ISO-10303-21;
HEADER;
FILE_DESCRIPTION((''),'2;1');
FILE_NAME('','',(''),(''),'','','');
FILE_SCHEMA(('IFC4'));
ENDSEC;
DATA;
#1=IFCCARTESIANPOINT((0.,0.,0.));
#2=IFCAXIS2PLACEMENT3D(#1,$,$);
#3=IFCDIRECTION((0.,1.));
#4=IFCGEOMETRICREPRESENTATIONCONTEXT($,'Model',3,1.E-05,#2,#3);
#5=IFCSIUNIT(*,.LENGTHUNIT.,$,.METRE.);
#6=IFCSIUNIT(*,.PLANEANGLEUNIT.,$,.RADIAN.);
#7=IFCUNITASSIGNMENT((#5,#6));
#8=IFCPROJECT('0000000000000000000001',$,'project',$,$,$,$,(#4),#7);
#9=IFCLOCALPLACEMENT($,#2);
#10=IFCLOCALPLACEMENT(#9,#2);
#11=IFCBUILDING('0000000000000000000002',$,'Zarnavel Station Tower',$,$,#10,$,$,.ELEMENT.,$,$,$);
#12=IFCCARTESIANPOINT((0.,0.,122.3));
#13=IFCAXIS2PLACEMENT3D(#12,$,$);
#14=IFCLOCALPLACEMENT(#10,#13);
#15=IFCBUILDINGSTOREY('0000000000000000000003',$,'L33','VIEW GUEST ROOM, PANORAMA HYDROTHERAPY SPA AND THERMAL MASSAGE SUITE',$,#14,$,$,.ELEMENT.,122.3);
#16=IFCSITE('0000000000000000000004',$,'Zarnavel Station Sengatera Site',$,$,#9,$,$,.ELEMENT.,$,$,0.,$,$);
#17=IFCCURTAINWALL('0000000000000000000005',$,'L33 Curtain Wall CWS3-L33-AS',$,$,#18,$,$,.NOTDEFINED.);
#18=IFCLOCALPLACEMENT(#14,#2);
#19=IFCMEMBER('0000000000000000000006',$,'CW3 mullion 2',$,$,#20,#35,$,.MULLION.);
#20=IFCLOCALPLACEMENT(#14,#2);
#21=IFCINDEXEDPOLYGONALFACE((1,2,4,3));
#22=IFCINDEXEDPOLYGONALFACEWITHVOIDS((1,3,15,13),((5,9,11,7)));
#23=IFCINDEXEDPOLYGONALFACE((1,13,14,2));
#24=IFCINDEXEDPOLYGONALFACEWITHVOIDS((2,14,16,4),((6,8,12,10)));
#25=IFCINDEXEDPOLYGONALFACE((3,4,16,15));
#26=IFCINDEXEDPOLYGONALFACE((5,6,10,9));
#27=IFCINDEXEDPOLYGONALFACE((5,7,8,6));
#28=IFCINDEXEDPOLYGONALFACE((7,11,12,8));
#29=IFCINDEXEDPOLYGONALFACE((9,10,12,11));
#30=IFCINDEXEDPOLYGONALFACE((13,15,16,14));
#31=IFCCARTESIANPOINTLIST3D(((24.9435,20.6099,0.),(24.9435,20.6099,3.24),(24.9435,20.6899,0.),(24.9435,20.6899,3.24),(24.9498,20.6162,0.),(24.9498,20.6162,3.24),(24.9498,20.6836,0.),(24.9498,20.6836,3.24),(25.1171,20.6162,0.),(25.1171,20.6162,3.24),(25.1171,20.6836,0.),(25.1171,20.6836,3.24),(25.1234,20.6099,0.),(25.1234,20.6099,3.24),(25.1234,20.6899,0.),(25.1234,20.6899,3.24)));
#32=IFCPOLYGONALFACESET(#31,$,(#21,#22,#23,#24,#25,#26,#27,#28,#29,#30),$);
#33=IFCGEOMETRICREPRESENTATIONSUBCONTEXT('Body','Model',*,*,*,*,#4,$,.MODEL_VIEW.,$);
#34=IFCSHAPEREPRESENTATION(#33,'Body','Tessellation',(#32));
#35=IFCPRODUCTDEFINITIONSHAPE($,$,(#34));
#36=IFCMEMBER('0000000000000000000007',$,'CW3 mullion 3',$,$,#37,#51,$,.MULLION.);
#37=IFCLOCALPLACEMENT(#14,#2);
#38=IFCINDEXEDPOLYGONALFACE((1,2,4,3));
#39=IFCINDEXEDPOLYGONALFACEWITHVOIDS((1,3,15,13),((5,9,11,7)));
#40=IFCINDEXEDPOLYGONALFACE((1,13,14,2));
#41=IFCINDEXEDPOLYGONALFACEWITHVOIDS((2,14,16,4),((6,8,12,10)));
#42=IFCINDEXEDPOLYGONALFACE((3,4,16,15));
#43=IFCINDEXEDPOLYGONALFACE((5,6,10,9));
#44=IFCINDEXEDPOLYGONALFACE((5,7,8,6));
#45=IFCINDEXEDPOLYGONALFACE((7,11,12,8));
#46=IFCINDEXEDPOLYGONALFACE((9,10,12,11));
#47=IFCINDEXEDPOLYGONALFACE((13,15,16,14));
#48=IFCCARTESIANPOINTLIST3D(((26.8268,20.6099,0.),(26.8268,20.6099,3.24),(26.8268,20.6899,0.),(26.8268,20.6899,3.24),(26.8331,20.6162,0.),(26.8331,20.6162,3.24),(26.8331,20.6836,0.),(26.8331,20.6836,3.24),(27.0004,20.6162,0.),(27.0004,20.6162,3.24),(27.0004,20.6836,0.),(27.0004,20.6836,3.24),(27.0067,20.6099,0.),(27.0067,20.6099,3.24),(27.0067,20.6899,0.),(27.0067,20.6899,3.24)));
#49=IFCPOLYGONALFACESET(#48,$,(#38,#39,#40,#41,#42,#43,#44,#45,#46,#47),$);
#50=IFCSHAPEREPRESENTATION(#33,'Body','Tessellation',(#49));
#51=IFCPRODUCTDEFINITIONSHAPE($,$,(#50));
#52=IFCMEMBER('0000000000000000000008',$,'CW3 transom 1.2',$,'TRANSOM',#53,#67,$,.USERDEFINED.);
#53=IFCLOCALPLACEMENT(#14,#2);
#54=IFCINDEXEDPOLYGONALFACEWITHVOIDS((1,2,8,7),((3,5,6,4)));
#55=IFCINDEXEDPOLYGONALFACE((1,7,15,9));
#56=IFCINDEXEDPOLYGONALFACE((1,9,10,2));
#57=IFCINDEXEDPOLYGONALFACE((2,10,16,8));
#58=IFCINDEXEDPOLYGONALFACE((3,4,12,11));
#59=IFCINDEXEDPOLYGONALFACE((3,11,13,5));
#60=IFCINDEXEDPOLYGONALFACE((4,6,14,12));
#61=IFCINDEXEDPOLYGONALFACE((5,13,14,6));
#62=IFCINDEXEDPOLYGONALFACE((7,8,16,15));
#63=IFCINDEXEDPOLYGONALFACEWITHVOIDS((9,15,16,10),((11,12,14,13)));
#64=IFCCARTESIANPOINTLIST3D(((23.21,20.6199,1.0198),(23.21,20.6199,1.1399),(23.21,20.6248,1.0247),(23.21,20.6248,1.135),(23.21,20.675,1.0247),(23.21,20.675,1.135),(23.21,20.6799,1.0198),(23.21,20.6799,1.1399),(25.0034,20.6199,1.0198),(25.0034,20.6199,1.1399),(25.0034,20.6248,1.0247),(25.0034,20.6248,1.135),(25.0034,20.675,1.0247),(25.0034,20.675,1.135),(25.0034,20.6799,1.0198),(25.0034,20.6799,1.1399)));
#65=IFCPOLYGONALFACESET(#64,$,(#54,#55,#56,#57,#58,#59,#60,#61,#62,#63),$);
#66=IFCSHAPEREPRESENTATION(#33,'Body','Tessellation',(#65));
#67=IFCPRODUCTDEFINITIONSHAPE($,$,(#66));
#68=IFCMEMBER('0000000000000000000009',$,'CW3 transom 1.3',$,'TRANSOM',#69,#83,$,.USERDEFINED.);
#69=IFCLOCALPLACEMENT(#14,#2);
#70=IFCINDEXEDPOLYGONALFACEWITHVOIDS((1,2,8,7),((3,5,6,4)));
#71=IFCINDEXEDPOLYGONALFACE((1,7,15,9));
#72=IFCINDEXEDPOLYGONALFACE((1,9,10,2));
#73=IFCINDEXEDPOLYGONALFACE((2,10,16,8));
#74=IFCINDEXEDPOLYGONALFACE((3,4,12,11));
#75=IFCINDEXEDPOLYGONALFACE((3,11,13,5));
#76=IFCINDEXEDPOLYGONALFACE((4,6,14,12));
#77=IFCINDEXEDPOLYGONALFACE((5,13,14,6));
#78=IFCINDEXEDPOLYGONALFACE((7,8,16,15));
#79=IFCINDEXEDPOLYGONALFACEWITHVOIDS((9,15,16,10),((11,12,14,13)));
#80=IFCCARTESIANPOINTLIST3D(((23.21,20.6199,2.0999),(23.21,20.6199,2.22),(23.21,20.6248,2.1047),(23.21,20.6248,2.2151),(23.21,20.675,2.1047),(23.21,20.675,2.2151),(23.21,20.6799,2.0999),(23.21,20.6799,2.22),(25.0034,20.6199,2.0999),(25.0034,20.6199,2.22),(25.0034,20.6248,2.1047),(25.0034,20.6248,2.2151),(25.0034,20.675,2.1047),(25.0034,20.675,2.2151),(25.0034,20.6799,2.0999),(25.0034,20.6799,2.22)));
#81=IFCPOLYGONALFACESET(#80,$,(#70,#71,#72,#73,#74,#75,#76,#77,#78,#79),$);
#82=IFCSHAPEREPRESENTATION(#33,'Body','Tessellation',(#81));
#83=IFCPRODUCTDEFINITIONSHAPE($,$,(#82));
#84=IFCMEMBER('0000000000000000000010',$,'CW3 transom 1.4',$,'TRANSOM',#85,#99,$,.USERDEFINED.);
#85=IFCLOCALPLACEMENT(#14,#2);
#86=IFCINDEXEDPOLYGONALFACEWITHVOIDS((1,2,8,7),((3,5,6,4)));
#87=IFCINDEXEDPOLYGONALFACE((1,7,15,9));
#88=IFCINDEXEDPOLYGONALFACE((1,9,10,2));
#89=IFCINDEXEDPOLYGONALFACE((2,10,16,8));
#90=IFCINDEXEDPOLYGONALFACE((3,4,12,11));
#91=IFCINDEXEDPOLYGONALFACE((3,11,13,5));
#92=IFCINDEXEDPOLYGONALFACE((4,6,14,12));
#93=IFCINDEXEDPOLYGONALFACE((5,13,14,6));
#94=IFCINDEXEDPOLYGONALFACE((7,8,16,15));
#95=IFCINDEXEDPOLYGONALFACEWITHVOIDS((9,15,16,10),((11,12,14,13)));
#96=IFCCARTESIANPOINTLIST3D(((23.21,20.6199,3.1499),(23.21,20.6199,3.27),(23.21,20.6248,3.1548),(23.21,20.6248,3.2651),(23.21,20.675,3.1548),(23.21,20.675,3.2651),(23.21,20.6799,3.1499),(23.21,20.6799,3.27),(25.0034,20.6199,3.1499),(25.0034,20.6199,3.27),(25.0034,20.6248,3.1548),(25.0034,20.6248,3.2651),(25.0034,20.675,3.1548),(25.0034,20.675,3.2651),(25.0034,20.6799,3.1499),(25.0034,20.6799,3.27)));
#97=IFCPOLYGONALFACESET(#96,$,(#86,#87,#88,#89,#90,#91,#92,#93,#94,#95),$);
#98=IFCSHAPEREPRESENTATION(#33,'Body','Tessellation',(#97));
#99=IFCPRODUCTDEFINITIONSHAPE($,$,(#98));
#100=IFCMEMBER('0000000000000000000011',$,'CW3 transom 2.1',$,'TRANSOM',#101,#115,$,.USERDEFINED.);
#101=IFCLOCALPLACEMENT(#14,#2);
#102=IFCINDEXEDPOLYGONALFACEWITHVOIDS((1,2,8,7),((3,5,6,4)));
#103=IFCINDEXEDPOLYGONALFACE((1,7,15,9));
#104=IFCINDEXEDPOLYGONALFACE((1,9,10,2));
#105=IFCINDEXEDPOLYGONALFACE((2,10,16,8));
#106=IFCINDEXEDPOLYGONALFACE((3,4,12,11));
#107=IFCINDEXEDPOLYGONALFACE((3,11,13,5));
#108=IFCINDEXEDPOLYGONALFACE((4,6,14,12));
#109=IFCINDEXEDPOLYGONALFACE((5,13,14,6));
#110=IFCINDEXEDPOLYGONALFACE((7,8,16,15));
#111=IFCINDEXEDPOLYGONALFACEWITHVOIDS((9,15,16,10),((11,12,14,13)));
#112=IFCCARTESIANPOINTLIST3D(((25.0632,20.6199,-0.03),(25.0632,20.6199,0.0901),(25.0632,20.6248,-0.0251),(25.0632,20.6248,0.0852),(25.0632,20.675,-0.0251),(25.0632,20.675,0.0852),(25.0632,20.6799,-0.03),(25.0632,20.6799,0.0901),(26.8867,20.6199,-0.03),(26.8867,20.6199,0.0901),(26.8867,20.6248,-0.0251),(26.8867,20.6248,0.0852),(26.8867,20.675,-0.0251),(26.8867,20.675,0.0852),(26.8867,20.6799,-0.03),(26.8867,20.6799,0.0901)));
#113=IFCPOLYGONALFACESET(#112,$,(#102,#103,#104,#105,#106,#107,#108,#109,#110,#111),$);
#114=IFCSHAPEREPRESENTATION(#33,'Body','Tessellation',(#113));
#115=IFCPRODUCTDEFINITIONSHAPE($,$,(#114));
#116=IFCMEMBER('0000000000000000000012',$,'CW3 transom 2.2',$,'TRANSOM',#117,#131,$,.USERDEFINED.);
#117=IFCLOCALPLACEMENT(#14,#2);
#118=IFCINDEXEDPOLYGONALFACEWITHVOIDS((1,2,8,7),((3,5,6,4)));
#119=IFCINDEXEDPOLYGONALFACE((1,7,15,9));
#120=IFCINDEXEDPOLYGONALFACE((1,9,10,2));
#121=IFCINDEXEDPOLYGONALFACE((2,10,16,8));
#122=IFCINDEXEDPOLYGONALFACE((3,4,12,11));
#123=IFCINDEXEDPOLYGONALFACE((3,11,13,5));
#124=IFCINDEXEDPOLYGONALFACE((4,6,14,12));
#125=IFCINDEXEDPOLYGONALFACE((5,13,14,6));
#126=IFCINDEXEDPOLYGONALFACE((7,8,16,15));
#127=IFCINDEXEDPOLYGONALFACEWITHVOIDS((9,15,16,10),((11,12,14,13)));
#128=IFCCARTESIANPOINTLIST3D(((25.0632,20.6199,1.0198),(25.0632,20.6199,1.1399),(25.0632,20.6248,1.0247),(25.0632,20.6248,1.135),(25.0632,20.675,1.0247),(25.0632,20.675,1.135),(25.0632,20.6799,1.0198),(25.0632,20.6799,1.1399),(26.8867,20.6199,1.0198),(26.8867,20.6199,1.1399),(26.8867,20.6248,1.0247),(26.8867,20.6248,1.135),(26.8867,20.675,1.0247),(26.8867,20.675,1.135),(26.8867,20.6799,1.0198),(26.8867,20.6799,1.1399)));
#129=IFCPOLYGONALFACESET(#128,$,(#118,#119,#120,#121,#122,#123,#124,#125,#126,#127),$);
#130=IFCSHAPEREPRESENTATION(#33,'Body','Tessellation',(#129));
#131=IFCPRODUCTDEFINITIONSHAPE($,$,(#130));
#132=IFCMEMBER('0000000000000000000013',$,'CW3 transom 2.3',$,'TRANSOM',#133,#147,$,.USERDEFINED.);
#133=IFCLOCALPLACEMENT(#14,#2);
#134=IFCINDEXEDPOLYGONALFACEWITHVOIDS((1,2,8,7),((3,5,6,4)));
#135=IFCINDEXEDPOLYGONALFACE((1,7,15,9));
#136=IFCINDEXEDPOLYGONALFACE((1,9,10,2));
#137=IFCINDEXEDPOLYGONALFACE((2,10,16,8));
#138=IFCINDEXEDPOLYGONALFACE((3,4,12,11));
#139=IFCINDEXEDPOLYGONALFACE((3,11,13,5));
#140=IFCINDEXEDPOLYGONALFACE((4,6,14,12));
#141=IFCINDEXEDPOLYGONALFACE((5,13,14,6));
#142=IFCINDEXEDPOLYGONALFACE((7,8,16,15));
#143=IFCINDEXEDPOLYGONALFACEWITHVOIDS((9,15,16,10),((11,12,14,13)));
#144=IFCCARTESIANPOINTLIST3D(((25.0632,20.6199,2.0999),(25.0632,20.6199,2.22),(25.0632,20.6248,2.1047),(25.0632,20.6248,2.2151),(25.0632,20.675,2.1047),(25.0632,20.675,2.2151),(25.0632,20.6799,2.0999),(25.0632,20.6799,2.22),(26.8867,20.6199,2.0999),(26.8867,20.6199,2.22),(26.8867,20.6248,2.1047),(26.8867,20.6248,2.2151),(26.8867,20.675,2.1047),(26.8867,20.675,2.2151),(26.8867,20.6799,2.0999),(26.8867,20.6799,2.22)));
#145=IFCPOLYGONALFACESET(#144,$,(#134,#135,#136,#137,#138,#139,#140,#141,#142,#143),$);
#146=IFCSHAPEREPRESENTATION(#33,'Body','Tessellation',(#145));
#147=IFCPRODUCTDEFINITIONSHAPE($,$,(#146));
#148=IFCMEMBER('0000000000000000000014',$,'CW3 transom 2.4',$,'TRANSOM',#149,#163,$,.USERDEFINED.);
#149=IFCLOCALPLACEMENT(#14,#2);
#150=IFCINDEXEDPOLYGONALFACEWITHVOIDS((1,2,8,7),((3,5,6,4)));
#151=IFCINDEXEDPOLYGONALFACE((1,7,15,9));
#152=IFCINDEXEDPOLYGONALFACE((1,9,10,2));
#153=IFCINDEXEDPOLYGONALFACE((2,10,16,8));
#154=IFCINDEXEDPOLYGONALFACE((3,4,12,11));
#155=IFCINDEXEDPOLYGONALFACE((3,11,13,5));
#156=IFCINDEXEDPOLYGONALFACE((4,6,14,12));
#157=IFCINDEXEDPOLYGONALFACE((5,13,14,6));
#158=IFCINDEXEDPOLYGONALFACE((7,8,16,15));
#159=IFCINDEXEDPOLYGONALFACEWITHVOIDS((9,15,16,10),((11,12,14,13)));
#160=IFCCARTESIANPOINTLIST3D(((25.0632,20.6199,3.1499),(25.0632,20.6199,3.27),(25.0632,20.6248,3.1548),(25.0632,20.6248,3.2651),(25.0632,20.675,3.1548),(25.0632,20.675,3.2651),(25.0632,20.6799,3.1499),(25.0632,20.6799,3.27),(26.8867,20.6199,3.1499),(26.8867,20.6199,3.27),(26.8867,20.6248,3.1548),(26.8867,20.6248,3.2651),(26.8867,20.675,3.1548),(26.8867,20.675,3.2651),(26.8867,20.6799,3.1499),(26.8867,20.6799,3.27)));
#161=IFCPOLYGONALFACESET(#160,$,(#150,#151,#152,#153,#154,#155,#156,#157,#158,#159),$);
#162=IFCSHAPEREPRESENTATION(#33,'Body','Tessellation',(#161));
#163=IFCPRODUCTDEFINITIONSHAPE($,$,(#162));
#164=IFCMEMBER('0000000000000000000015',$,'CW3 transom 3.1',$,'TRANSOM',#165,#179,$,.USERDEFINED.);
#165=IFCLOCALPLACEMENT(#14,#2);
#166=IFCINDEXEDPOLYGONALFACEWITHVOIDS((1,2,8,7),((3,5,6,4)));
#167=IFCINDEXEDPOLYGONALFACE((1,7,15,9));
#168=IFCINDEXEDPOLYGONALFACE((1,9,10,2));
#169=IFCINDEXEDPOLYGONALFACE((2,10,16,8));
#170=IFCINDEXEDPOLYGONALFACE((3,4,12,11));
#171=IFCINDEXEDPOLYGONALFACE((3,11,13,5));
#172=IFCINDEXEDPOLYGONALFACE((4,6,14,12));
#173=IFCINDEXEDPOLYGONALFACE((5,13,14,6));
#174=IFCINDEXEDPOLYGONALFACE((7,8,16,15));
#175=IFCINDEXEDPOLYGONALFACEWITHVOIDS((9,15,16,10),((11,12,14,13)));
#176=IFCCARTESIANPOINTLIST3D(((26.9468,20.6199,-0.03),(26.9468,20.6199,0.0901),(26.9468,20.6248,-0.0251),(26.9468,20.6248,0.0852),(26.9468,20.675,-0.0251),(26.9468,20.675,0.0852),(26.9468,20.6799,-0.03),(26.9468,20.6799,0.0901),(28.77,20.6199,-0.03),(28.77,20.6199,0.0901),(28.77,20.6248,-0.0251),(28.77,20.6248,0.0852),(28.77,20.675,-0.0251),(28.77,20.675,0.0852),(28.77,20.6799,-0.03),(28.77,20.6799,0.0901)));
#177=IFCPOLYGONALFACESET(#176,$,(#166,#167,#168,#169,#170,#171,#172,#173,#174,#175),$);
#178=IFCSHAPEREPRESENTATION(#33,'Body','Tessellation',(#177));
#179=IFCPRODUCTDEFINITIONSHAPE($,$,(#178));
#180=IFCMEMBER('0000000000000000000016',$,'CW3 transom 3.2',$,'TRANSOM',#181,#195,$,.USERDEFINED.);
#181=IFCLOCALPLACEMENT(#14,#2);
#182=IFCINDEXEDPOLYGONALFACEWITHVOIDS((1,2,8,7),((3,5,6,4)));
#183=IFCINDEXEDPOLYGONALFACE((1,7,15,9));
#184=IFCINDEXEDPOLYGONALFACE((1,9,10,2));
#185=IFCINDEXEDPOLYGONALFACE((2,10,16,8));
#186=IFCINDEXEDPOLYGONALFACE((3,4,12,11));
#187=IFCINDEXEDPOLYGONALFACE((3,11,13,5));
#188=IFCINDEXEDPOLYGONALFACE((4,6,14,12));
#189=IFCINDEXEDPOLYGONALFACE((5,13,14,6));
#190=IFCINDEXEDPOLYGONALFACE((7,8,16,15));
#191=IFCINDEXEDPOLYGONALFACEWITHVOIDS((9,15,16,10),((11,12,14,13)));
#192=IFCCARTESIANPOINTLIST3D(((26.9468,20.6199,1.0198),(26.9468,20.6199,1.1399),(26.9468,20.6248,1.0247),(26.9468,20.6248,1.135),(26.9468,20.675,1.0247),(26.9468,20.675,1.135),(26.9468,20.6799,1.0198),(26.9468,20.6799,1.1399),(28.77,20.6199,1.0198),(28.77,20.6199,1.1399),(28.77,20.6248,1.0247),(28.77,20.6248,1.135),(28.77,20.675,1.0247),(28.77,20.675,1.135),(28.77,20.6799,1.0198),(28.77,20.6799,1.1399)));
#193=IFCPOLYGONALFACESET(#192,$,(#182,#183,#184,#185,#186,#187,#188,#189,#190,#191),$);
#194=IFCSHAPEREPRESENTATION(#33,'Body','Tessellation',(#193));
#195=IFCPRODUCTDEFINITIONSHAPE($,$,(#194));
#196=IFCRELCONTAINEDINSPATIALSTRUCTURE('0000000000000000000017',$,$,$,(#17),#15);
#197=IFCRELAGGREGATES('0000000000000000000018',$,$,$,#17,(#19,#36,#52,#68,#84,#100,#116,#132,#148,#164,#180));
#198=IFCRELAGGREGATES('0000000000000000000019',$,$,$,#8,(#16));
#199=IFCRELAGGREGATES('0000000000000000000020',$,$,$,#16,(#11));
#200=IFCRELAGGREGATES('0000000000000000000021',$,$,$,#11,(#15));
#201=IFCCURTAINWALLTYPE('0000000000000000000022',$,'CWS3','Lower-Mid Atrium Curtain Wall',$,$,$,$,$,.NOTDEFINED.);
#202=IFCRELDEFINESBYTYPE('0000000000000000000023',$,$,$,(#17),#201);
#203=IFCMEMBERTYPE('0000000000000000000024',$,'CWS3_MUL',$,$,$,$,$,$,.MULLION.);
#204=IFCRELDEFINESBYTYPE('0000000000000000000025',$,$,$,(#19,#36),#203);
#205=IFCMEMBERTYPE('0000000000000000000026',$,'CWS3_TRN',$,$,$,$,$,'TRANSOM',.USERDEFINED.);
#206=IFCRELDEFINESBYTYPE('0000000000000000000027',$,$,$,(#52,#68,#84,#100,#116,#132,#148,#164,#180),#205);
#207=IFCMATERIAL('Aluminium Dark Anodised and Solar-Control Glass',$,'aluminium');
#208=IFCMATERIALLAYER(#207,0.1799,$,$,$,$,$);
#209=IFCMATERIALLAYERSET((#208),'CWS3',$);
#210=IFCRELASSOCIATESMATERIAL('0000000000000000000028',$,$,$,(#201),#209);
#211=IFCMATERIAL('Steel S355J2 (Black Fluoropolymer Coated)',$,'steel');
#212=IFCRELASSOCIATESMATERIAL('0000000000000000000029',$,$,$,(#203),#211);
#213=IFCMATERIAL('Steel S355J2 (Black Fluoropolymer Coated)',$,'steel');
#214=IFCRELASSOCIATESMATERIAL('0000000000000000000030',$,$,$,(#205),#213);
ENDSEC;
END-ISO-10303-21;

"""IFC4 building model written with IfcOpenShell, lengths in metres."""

from ifc_helpers import new_model, si_unit, direction, frame, origin, origin_2d, place, context, subcontext, project, spatial, hollow_rectangle, extrude, material, layer, layer_set, material_profile, profile_set, type_object, element, aggregate, save


model = new_model("IFC4")

# Units and contexts
model_context = context("Model", 3, precision=1e-05, world=origin(), true_north=direction((0.0, 1.0)))
body_context = subcontext(model_context, "Body", "Model", "MODEL_VIEW")
ifc_project = project(units=[si_unit("LENGTHUNIT", "METRE"), si_unit("PLANEANGLEUNIT", "RADIAN")], contexts=[model_context])

# Site, building, storey
site_placement = place(None, origin())
site = spatial("IfcSite", under=ifc_project, at=site_placement, Name="Zarnavel Station Sengatera Site", CompositionType="ELEMENT", RefElevation=0.0)
building_placement = place(site_placement, origin())
building = spatial("IfcBuilding", under=site, at=building_placement, Name="Zarnavel Station Tower", CompositionType="ELEMENT")
storey_placement = place(building_placement, frame((0.0, 0.0, 122.3)))
storey = spatial("IfcBuildingStorey", under=building, at=storey_placement, Name="L33", Description="VIEW GUEST ROOM, PANORAMA HYDROTHERAPY SPA AND THERMAL MASSAGE SUITE", CompositionType="ELEMENT", Elevation=122.3)

# Curtain wall, members
ifc_material_1 = material(Name="Aluminium Dark Anodised and Solar-Control Glass", Category="aluminium")
ifc_layer_1 = layer(ifc_material_1, 0.1799)
ifc_layer_set_1 = layer_set([ifc_layer_1], Name="CWS3")
curtain_wall_type = type_object("IfcCurtainWallType", Name="CWS3", Description="Lower-Mid Atrium Curtain Wall", PredefinedType="NOTDEFINED", material=ifc_layer_set_1)
curtain_wall_placement = place(storey_placement, origin())
curtain_wall = element("IfcCurtainWall", 1, at=curtain_wall_placement, inside=storey, type_object=curtain_wall_type, Name="L33 Curtain Wall CWS3-L33-AS", PredefinedType="NOTDEFINED")
ifc_material_2 = material(Name="Steel S355J2 (Black Fluoropolymer Coated)", Category="steel")
ifc_material_profile_1 = material_profile(ifc_material_2, hollow_rectangle(XDim=0.0801, YDim=0.1799, WallThickness=0.0063, at=origin_2d()), Name="RHS180x80x6.3")
ifc_profile_set_1 = profile_set([ifc_material_profile_1], Name="Steel S355J2 (Black Fluoropolymer Coated)")
member_type_1 = type_object("IfcMemberType", Name="CWS3_MUL", PredefinedType="MULLION", material=ifc_profile_set_1)
member_1_placement = place(storey_placement, frame((25.0334, 20.6499, 0.0), z_axis=(0.0, 0.0, 1.0), x_axis=(0.0, 1.0, 0.0)))
member_1 = element("IfcMember", 2, at=member_1_placement, type_object=member_type_1, Name="CW3 mullion 2", PredefinedType="MULLION", context=body_context, shape_type="SweptSolid", body=[
    extrude(hollow_rectangle(XDim=0.0801, YDim=0.1799, WallThickness=0.0063, at=origin_2d()), origin(), (0.0, 0.0, 1.0), 3.24),
])
member_2_placement = place(storey_placement, frame((26.9167, 20.6499, 0.0), z_axis=(0.0, 0.0, 1.0), x_axis=(0.0, 1.0, 0.0)))
member_2 = element("IfcMember", 3, at=member_2_placement, type_object=member_type_1, Name="CW3 mullion 3", PredefinedType="MULLION", context=body_context, shape_type="SweptSolid", body=[
    extrude(hollow_rectangle(XDim=0.0801, YDim=0.1799, WallThickness=0.0063, at=origin_2d()), origin(), (0.0, 0.0, 1.0), 3.24),
])
ifc_material_3 = material(Name="Steel S355J2 (Black Fluoropolymer Coated)", Category="steel")
ifc_material_profile_2 = material_profile(ifc_material_3, hollow_rectangle(XDim=0.0601, YDim=0.1201, WallThickness=0.0049, at=origin_2d()), Name="RHS120x60x5")
ifc_profile_set_2 = profile_set([ifc_material_profile_2], Name="Steel S355J2 (Black Fluoropolymer Coated)")
member_type_2 = type_object("IfcMemberType", Name="CWS3_TRN", ElementType="TRANSOM", PredefinedType="USERDEFINED", material=ifc_profile_set_2)
member_3_placement = place(storey_placement, frame((23.21, 20.6499, 1.0798), z_axis=(1.0, 0.0, 0.0), x_axis=(0.0, 1.0, 0.0)))
member_3 = element("IfcMember", 4, at=member_3_placement, type_object=member_type_2, Name="CW3 transom 1.2", ObjectType="TRANSOM", PredefinedType="USERDEFINED", context=body_context, shape_type="SweptSolid", body=[
    extrude(hollow_rectangle(XDim=0.0601, YDim=0.1201, WallThickness=0.0049, at=origin_2d()), origin(), (0.0, 0.0, 1.0), 1.7935),
])
member_4_placement = place(storey_placement, frame((23.21, 20.6499, 2.1599), z_axis=(1.0, 0.0, 0.0), x_axis=(0.0, 1.0, 0.0)))
member_4 = element("IfcMember", 5, at=member_4_placement, type_object=member_type_2, Name="CW3 transom 1.3", ObjectType="TRANSOM", PredefinedType="USERDEFINED", context=body_context, shape_type="SweptSolid", body=[
    extrude(hollow_rectangle(XDim=0.0601, YDim=0.1201, WallThickness=0.0049, at=origin_2d()), origin(), (0.0, 0.0, 1.0), 1.7935),
])
member_5_placement = place(storey_placement, frame((23.21, 20.6499, 3.21), z_axis=(1.0, 0.0, 0.0), x_axis=(0.0, 1.0, 0.0)))
member_5 = element("IfcMember", 6, at=member_5_placement, type_object=member_type_2, Name="CW3 transom 1.4", ObjectType="TRANSOM", PredefinedType="USERDEFINED", context=body_context, shape_type="SweptSolid", body=[
    extrude(hollow_rectangle(XDim=0.0601, YDim=0.1201, WallThickness=0.0049, at=origin_2d()), origin(), (0.0, 0.0, 1.0), 1.7935),
])
member_6_placement = place(storey_placement, frame((25.0632, 20.6499, 0.03), z_axis=(1.0, 0.0, 0.0), x_axis=(0.0, 1.0, 0.0)))
member_6 = element("IfcMember", 7, at=member_6_placement, type_object=member_type_2, Name="CW3 transom 2.1", ObjectType="TRANSOM", PredefinedType="USERDEFINED", context=body_context, shape_type="SweptSolid", body=[
    extrude(hollow_rectangle(XDim=0.0601, YDim=0.1201, WallThickness=0.0049, at=origin_2d()), origin(), (0.0, 0.0, 1.0), 1.8235),
])
member_7_placement = place(storey_placement, frame((25.0632, 20.6499, 1.0798), z_axis=(1.0, 0.0, 0.0), x_axis=(0.0, 1.0, 0.0)))
member_7 = element("IfcMember", 8, at=member_7_placement, type_object=member_type_2, Name="CW3 transom 2.2", ObjectType="TRANSOM", PredefinedType="USERDEFINED", context=body_context, shape_type="SweptSolid", body=[
    extrude(hollow_rectangle(XDim=0.0601, YDim=0.1201, WallThickness=0.0049, at=origin_2d()), origin(), (0.0, 0.0, 1.0), 1.8235),
])
member_8_placement = place(storey_placement, frame((25.0632, 20.6499, 2.1599), z_axis=(1.0, 0.0, 0.0), x_axis=(0.0, 1.0, 0.0)))
member_8 = element("IfcMember", 9, at=member_8_placement, type_object=member_type_2, Name="CW3 transom 2.3", ObjectType="TRANSOM", PredefinedType="USERDEFINED", context=body_context, shape_type="SweptSolid", body=[
    extrude(hollow_rectangle(XDim=0.0601, YDim=0.1201, WallThickness=0.0049, at=origin_2d()), origin(), (0.0, 0.0, 1.0), 1.8235),
])
member_9_placement = place(storey_placement, frame((25.0632, 20.6499, 3.21), z_axis=(1.0, 0.0, 0.0), x_axis=(0.0, 1.0, 0.0)))
member_9 = element("IfcMember", 10, at=member_9_placement, type_object=member_type_2, Name="CW3 transom 2.4", ObjectType="TRANSOM", PredefinedType="USERDEFINED", context=body_context, shape_type="SweptSolid", body=[
    extrude(hollow_rectangle(XDim=0.0601, YDim=0.1201, WallThickness=0.0049, at=origin_2d()), origin(), (0.0, 0.0, 1.0), 1.8235),
])
member_10_placement = place(storey_placement, frame((26.9468, 20.6499, 0.03), z_axis=(1.0, 0.0, 0.0), x_axis=(0.0, 1.0, 0.0)))
member_10 = element("IfcMember", 11, at=member_10_placement, type_object=member_type_2, Name="CW3 transom 3.1", ObjectType="TRANSOM", PredefinedType="USERDEFINED", context=body_context, shape_type="SweptSolid", body=[
    extrude(hollow_rectangle(XDim=0.0601, YDim=0.1201, WallThickness=0.0049, at=origin_2d()), origin(), (0.0, 0.0, 1.0), 1.8232),
])
member_11_placement = place(storey_placement, frame((26.9468, 20.6499, 1.0798), z_axis=(1.0, 0.0, 0.0), x_axis=(0.0, 1.0, 0.0)))
member_11 = element("IfcMember", 12, at=member_11_placement, type_object=member_type_2, Name="CW3 transom 3.2", ObjectType="TRANSOM", PredefinedType="USERDEFINED", context=body_context, shape_type="SweptSolid", body=[
    extrude(hollow_rectangle(XDim=0.0601, YDim=0.1201, WallThickness=0.0049, at=origin_2d()), origin(), (0.0, 0.0, 1.0), 1.8232),
])
aggregate(curtain_wall, [member_1, member_2, member_3, member_4, member_5, member_6, member_7, member_8, member_9, member_10, member_11])

save(model, "model.ifc")
